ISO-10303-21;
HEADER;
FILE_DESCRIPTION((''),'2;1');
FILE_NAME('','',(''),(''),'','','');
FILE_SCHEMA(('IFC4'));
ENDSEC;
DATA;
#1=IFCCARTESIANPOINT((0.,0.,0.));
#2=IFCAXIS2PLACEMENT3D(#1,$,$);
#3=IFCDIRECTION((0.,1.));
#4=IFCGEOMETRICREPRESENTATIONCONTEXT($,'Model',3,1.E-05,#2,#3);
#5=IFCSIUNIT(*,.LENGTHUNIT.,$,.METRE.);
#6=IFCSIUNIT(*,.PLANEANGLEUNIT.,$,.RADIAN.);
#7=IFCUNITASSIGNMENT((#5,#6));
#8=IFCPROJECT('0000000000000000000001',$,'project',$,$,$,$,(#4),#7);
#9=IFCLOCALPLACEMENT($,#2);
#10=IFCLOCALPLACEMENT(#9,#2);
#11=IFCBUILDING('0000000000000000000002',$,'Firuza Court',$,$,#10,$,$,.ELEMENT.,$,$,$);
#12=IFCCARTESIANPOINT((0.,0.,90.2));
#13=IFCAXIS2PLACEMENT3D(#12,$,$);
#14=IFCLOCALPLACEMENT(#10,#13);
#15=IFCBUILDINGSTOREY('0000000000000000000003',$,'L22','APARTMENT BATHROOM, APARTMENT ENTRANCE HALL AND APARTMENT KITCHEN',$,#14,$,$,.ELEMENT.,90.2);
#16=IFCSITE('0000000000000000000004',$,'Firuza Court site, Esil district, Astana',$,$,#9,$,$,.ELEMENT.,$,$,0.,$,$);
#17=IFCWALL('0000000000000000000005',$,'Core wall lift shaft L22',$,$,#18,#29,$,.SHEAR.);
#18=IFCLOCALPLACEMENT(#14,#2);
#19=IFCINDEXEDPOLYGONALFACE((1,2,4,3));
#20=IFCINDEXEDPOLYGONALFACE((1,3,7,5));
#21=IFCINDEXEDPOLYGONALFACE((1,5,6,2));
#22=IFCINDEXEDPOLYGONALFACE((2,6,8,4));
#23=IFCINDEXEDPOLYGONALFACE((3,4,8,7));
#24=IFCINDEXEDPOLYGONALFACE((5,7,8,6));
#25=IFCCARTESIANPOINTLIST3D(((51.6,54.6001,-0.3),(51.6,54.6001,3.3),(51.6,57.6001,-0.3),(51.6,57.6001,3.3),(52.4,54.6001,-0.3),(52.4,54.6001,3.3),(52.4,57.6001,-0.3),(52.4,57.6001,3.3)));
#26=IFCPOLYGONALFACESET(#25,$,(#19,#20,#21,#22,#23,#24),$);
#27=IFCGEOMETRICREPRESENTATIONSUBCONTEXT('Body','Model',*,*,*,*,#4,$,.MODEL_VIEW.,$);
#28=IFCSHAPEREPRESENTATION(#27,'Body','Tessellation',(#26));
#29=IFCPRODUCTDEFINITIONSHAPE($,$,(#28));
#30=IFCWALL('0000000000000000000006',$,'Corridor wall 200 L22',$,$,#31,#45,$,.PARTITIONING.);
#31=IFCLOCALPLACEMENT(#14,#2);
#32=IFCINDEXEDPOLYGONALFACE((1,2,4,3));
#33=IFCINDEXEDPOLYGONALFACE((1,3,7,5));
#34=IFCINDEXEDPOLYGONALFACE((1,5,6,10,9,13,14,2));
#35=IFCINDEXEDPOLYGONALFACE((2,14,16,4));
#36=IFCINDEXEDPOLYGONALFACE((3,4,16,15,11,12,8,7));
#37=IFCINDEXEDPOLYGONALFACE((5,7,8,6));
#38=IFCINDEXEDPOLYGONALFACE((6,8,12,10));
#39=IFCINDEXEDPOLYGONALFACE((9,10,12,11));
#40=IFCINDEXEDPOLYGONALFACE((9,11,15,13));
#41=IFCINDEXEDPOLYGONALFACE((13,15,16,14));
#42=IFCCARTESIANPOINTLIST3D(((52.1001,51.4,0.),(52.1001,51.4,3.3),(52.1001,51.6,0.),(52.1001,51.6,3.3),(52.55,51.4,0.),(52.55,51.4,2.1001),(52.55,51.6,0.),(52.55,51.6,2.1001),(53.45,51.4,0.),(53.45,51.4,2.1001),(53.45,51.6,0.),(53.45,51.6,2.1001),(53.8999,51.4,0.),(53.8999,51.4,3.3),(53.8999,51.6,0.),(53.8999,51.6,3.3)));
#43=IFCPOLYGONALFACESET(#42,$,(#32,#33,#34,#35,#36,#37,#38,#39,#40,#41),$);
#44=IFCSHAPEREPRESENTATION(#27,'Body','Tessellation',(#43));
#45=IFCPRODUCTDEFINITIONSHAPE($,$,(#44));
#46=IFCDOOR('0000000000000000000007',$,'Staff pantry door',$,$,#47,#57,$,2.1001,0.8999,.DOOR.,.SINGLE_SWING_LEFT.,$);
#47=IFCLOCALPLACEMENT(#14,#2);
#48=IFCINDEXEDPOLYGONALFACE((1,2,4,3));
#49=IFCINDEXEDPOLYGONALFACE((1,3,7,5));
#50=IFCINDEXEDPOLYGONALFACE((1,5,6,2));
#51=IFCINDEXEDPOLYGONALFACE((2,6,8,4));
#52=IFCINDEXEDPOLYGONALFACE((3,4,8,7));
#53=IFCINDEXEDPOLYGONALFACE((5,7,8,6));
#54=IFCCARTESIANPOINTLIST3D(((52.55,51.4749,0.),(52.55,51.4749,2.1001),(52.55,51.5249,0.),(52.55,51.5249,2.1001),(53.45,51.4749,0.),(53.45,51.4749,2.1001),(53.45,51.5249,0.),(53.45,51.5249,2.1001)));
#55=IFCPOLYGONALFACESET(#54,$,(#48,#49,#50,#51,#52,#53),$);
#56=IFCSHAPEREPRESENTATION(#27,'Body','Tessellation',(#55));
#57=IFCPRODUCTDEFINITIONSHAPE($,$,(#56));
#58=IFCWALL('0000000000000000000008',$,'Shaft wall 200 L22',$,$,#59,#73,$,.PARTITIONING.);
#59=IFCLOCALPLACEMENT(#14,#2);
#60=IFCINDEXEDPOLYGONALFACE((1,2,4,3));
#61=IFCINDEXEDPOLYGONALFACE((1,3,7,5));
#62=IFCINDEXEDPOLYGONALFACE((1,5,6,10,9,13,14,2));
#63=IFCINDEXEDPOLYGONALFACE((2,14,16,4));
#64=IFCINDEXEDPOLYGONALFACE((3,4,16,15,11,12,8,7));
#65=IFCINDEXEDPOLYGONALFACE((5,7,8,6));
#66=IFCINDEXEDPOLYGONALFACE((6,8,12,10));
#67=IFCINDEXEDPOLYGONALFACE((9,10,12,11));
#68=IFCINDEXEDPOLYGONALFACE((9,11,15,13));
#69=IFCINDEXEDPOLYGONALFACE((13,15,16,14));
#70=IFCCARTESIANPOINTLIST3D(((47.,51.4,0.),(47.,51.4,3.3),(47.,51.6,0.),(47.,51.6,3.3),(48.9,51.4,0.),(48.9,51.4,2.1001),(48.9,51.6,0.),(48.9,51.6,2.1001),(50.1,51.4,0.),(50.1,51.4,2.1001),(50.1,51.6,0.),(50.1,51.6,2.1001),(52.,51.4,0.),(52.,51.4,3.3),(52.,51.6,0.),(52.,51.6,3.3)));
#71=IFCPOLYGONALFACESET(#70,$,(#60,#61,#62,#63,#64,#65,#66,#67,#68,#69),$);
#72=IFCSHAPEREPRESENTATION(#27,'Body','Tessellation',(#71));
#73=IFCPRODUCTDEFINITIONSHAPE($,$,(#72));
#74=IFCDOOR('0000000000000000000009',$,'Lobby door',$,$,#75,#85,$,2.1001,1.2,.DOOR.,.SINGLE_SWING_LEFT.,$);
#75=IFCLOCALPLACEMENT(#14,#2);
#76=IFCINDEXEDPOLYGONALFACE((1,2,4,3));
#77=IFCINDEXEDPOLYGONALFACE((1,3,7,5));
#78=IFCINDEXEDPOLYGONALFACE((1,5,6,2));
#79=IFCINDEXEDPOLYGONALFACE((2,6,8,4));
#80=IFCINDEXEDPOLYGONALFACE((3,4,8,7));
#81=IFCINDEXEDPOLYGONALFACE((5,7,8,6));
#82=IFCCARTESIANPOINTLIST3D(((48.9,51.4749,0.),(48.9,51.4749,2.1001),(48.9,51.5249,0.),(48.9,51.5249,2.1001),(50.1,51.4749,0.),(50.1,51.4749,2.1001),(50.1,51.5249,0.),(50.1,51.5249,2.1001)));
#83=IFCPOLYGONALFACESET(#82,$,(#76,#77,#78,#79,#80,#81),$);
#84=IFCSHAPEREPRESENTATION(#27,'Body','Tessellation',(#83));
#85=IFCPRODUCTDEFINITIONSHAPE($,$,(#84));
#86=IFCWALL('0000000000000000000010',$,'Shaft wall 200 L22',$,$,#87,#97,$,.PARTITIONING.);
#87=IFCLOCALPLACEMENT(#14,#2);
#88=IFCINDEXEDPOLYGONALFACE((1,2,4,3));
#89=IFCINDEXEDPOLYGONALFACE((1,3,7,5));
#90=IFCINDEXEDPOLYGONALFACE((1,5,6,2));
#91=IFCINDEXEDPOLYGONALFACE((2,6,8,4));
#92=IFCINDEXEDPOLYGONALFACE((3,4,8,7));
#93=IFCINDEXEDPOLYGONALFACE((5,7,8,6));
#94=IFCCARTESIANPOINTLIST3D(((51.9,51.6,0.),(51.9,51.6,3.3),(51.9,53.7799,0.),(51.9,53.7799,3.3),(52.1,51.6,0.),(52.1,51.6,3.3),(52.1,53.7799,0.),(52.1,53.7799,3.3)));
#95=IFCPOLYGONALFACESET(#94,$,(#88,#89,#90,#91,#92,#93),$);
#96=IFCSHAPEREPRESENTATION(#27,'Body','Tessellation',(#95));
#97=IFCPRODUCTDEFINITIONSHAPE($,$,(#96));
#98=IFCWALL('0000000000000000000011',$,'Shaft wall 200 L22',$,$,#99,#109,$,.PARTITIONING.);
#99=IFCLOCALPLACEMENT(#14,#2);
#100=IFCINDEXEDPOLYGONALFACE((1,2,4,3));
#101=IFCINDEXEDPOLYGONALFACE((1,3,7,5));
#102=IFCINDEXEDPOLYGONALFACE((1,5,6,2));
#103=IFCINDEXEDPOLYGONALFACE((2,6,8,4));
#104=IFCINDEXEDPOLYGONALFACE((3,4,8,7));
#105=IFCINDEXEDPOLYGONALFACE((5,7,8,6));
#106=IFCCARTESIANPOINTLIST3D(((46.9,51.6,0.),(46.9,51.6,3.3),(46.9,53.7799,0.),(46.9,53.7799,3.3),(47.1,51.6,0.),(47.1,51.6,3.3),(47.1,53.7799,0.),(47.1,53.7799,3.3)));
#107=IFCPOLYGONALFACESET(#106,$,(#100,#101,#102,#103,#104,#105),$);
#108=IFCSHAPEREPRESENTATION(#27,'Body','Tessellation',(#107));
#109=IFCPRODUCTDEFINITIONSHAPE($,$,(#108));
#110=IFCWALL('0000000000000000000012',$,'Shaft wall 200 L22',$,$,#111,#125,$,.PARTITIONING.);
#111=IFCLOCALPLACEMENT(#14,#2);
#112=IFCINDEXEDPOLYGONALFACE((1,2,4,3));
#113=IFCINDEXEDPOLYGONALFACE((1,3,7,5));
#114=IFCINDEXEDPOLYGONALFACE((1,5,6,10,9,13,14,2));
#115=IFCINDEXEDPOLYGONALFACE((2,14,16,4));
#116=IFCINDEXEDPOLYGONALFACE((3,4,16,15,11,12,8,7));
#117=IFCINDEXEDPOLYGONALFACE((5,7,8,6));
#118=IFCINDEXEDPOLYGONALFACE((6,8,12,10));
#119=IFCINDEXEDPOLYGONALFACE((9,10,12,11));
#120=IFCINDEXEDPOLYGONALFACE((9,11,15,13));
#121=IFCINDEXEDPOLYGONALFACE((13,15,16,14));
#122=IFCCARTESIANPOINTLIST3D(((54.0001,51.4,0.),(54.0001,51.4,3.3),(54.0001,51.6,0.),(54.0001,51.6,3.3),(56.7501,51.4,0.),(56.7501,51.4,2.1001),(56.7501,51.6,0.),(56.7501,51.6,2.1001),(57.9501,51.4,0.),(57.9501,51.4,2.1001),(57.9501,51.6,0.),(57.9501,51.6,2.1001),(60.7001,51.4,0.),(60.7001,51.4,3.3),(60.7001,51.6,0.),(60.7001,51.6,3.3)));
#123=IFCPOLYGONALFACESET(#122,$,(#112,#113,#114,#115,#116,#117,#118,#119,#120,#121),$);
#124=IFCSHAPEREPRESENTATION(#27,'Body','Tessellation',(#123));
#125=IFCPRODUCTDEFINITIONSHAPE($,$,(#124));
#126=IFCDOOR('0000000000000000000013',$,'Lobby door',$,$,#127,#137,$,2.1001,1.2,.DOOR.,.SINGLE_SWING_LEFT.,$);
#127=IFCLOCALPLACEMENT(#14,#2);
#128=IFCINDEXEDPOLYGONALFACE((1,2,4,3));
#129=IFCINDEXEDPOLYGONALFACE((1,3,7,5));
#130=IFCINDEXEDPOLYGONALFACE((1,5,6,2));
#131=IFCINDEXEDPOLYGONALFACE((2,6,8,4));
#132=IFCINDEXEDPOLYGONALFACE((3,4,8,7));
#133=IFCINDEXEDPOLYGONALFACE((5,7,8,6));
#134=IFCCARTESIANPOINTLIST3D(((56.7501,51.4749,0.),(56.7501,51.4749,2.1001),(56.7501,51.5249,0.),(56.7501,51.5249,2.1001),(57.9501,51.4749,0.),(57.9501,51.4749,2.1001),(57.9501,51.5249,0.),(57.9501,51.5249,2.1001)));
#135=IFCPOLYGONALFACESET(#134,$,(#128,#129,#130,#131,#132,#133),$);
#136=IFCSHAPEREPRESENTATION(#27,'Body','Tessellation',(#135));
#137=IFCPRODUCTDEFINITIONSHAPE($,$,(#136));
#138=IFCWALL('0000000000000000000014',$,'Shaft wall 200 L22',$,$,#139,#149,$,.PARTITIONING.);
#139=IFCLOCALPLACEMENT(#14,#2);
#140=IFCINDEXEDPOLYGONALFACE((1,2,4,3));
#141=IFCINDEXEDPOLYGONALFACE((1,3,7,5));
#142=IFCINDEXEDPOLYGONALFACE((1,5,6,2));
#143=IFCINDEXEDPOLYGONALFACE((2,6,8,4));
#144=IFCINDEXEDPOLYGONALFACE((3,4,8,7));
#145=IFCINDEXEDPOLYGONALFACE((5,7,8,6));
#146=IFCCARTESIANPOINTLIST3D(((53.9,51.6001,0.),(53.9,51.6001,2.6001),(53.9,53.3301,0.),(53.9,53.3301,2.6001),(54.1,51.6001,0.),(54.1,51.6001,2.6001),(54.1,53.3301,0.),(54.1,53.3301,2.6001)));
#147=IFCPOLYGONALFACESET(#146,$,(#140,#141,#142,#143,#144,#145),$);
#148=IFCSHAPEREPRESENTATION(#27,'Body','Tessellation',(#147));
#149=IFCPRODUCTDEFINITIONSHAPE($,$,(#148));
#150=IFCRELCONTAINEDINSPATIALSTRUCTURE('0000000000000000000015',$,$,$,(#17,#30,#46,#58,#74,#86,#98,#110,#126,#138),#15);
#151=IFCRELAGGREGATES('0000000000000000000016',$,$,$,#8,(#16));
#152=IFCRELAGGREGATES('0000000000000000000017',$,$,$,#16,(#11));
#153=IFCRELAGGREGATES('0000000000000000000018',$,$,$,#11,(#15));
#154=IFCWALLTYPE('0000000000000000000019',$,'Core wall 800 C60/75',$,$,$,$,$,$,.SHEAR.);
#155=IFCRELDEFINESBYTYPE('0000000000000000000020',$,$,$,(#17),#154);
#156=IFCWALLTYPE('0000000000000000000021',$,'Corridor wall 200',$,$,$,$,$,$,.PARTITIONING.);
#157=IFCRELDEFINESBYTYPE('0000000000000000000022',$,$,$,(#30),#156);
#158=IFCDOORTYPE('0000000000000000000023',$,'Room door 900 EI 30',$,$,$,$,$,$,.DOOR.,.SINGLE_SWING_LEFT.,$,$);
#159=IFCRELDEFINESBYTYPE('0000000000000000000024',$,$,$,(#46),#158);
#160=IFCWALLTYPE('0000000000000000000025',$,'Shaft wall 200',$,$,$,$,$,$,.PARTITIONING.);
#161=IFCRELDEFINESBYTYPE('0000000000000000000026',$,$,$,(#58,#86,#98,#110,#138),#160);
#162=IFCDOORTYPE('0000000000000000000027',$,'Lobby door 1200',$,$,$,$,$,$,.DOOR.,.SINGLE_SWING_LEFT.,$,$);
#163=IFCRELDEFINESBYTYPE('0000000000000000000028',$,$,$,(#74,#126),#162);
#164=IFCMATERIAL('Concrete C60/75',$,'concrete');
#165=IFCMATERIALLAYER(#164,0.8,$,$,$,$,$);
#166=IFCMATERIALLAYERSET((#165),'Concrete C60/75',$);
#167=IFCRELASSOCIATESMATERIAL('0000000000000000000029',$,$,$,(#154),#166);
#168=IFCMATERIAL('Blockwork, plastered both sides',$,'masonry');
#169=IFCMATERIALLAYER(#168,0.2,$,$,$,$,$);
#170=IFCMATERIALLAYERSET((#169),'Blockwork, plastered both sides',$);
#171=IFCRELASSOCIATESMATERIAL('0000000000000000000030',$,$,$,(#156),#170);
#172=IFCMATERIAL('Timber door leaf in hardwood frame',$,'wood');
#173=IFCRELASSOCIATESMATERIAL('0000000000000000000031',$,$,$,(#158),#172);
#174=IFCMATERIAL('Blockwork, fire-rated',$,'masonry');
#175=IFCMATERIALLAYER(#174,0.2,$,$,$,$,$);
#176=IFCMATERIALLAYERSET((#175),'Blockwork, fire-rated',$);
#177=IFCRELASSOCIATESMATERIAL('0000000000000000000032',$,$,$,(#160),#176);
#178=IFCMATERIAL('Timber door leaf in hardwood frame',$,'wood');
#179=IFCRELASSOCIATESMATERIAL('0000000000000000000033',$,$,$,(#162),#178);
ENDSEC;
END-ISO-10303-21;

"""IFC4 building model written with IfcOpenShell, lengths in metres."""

from ifc_helpers import new_model, si_unit, direction, frame, frame_2d, origin, place, context, subcontext, project, spatial, rectangle, extrude, material, layer, layer_set, type_object, element, fill, save


model = new_model("IFC4")

# Units and contexts
model_context = context("Model", 3, precision=1e-05, world=origin(), true_north=direction((0.0, 1.0)))
body_context = subcontext(model_context, "Body", "Model", "MODEL_VIEW")
ifc_project = project(units=[si_unit("LENGTHUNIT", "METRE"), si_unit("PLANEANGLEUNIT", "RADIAN")], contexts=[model_context])

# Site, building, storey
site_placement = place(None, origin())
site = spatial("IfcSite", under=ifc_project, at=site_placement, Name="Firuza Court site, Esil district, Astana", CompositionType="ELEMENT", RefElevation=0.0)
building_placement = place(site_placement, origin())
building = spatial("IfcBuilding", under=site, at=building_placement, Name="Firuza Court", CompositionType="ELEMENT")
storey_placement = place(building_placement, frame((0.0, 0.0, 90.2)))
storey = spatial("IfcBuildingStorey", under=building, at=storey_placement, Name="L22", Description="APARTMENT BATHROOM, APARTMENT ENTRANCE HALL AND APARTMENT KITCHEN", CompositionType="ELEMENT", Elevation=90.2)

# Shared definitions
ifc_material_1 = material(Name="Concrete C60/75", Category="concrete")

# Wall
ifc_layer_1 = layer(ifc_material_1, 0.8)
ifc_layer_set_1 = layer_set([ifc_layer_1], Name="Concrete C60/75")
wall_type_1 = type_object("IfcWallType", Name="Core wall 800 C60/75", PredefinedType="SHEAR", material=ifc_layer_set_1)
wall_1_placement = place(storey_placement, frame((52.0, 54.6001, -0.3), z_axis=(0.0, 0.0, 1.0), x_axis=(0.0, 1.0, 0.0)))
element("IfcWall", 1, at=wall_1_placement, inside=storey, type_object=wall_type_1, Name="Core wall lift shaft L22", PredefinedType="SHEAR", context=body_context, shape_type="SweptSolid", body=[
    extrude(rectangle(XDim=3.0, YDim=0.8, at=frame_2d((1.5, 0.0))), origin(), (0.0, 0.0, 1.0), 3.6001),
])

# Walls, openings, doors
ifc_material_2 = material(Name="Blockwork, plastered both sides", Category="masonry")
ifc_layer_2 = layer(ifc_material_2, 0.2)
ifc_layer_set_2 = layer_set([ifc_layer_2], Name="Blockwork, plastered both sides")
wall_type_2 = type_object("IfcWallType", Name="Corridor wall 200", PredefinedType="PARTITIONING", material=ifc_layer_set_2)
wall_2_placement = place(storey_placement, frame((52.1001, 51.5, 0.0), z_axis=(0.0, 0.0, 1.0), x_axis=(1.0, 0.0, 0.0)))
wall_2 = element("IfcWall", 2, at=wall_2_placement, inside=storey, type_object=wall_type_2, Name="Corridor wall 200 L22", PredefinedType="PARTITIONING", context=body_context, shape_type="SweptSolid", body=[
    extrude(rectangle(XDim=1.7998, YDim=0.2, at=frame_2d((0.8999, 0.0))), origin(), (0.0, 0.0, 1.0), 3.3),
])
opening_1_placement = place(wall_2_placement, frame((0.45, 0.0, 0.0)))
opening_1 = element("IfcOpeningElement", 3, at=opening_1_placement, cuts=wall_2, PredefinedType="OPENING", context=body_context, shape_type="SweptSolid", body=[
    extrude(rectangle(XDim=0.8999, YDim=2.1001, at=frame_2d((0.45, 1.05))), frame((0.0, 0.1118, 0.0), z_axis=(0.0, -1.0, 0.0), x_axis=(1.0, 0.0, 0.0)), (0.0, 0.0, 1.0), 0.2239),
])
ifc_material_3 = material(Name="Timber door leaf in hardwood frame", Category="wood")
door_type_1 = type_object("IfcDoorType", Name="Room door 900 EI 30", OperationType="SINGLE_SWING_LEFT", PredefinedType="DOOR", material=ifc_material_3)
door_1_placement = place(opening_1_placement, origin())
door_1 = element("IfcDoor", 4, at=door_1_placement, inside=storey, type_object=door_type_1, Name="Staff pantry door", OperationType="SINGLE_SWING_LEFT", OverallHeight=2.1001, OverallWidth=0.8999, PredefinedType="DOOR", context=body_context, shape_type="SweptSolid", body=[
    extrude(rectangle(XDim=0.8999, YDim=2.1001, at=frame_2d((0.45, 1.05))), frame((0.0, 0.0249, 0.0), z_axis=(0.0, -1.0, 0.0), x_axis=(1.0, 0.0, 0.0)), (0.0, 0.0, 1.0), 0.05),
])
fill(opening_1, door_1)
ifc_material_4 = material(Name="Blockwork, fire-rated", Category="masonry")
ifc_layer_3 = layer(ifc_material_4, 0.2)
ifc_layer_set_3 = layer_set([ifc_layer_3], Name="Blockwork, fire-rated")
wall_type_3 = type_object("IfcWallType", Name="Shaft wall 200", PredefinedType="PARTITIONING", material=ifc_layer_set_3)
wall_3_placement = place(storey_placement, frame((47.0, 51.5, 0.0), z_axis=(0.0, 0.0, 1.0), x_axis=(1.0, 0.0, 0.0)))
wall_3 = element("IfcWall", 5, at=wall_3_placement, inside=storey, type_object=wall_type_3, Name="Shaft wall 200 L22", PredefinedType="PARTITIONING", context=body_context, shape_type="SweptSolid", body=[
    extrude(rectangle(XDim=5.0, YDim=0.2, at=frame_2d((2.5, 0.0))), origin(), (0.0, 0.0, 1.0), 3.3),
])
opening_2_placement = place(wall_3_placement, frame((1.8999, 0.0, 0.0)))
opening_2 = element("IfcOpeningElement", 6, at=opening_2_placement, cuts=wall_3, PredefinedType="OPENING", context=body_context, shape_type="SweptSolid", body=[
    extrude(rectangle(XDim=1.2, YDim=2.1001, at=frame_2d((0.6001, 1.05))), frame((0.0, 0.1118, 0.0), z_axis=(0.0, -1.0, 0.0), x_axis=(1.0, 0.0, 0.0)), (0.0, 0.0, 1.0), 0.2239),
])
ifc_material_5 = material(Name="Timber door leaf in hardwood frame", Category="wood")
door_type_2 = type_object("IfcDoorType", Name="Lobby door 1200", OperationType="SINGLE_SWING_LEFT", PredefinedType="DOOR", material=ifc_material_5)
door_2_placement = place(opening_2_placement, origin())
door_2 = element("IfcDoor", 7, at=door_2_placement, inside=storey, type_object=door_type_2, Name="Lobby door", OperationType="SINGLE_SWING_LEFT", OverallHeight=2.1001, OverallWidth=1.2, PredefinedType="DOOR", context=body_context, shape_type="SweptSolid", body=[
    extrude(rectangle(XDim=1.2, YDim=2.1001, at=frame_2d((0.6001, 1.05))), frame((0.0, 0.0249, 0.0), z_axis=(0.0, -1.0, 0.0), x_axis=(1.0, 0.0, 0.0)), (0.0, 0.0, 1.0), 0.05),
])
fill(opening_2, door_2)

# Walls
for number, where, z_axis, x_axis, name in (
    (8, (52.0, 51.6001, 0.0), (0.0, 0.0, 1.0), (0.0, 1.0, 0.0), "Shaft wall 200 L22"),
    (9, (47.0, 51.6001, 0.0), (0.0, 0.0, 1.0), (0.0, 1.0, 0.0), "Shaft wall 200 L22"),
):
    element("IfcWall", number, at=place(storey_placement, frame(where, z_axis=z_axis, x_axis=x_axis)), inside=storey, type_object=wall_type_3, Name=name, PredefinedType="PARTITIONING", context=body_context, shape_type="SweptSolid", body=[
        extrude(rectangle(XDim=2.1799, YDim=0.2, at=frame_2d((1.0898, 0.0))), origin(), (0.0, 0.0, 1.0), 3.3),
    ])

# Wall, opening, door
wall_4_placement = place(storey_placement, frame((54.0, 51.5, 0.0), z_axis=(0.0, 0.0, 1.0), x_axis=(1.0, 0.0, 0.0)))
wall_4 = element("IfcWall", 10, at=wall_4_placement, inside=storey, type_object=wall_type_3, Name="Shaft wall 200 L22", PredefinedType="PARTITIONING", context=body_context, shape_type="SweptSolid", body=[
    extrude(rectangle(XDim=6.7, YDim=0.2, at=frame_2d((3.3501, 0.0))), origin(), (0.0, 0.0, 1.0), 3.3),
])
opening_3_placement = place(wall_4_placement, frame((2.75, 0.0, 0.0)))
opening_3 = element("IfcOpeningElement", 11, at=opening_3_placement, cuts=wall_4, PredefinedType="OPENING", context=body_context, shape_type="SweptSolid", body=[
    extrude(rectangle(XDim=1.2, YDim=2.1001, at=frame_2d((0.6001, 1.05))), frame((0.0, 0.1118, 0.0), z_axis=(0.0, -1.0, 0.0), x_axis=(1.0, 0.0, 0.0)), (0.0, 0.0, 1.0), 0.2239),
])
door_3_placement = place(opening_3_placement, origin())
door_3 = element("IfcDoor", 12, at=door_3_placement, inside=storey, type_object=door_type_2, Name="Lobby door", OperationType="SINGLE_SWING_LEFT", OverallHeight=2.1001, OverallWidth=1.2, PredefinedType="DOOR", context=body_context, shape_type="SweptSolid", body=[
    extrude(rectangle(XDim=1.2, YDim=2.1001, at=frame_2d((0.6001, 1.05))), frame((0.0, 0.0249, 0.0), z_axis=(0.0, -1.0, 0.0), x_axis=(1.0, 0.0, 0.0)), (0.0, 0.0, 1.0), 0.05),
])
fill(opening_3, door_3)

# Wall
wall_5_placement = place(storey_placement, frame((54.0, 51.6001, 0.0), z_axis=(0.0, 0.0, 1.0), x_axis=(0.0, 1.0, 0.0)))
element("IfcWall", 13, at=wall_5_placement, inside=storey, type_object=wall_type_3, Name="Shaft wall 200 L22", PredefinedType="PARTITIONING", context=body_context, shape_type="SweptSolid", body=[
    extrude(rectangle(XDim=1.73, YDim=0.2, at=frame_2d((0.865, 0.0))), origin(), (0.0, 0.0, 1.0), 2.6001),
])

save(model, "model.ifc")
